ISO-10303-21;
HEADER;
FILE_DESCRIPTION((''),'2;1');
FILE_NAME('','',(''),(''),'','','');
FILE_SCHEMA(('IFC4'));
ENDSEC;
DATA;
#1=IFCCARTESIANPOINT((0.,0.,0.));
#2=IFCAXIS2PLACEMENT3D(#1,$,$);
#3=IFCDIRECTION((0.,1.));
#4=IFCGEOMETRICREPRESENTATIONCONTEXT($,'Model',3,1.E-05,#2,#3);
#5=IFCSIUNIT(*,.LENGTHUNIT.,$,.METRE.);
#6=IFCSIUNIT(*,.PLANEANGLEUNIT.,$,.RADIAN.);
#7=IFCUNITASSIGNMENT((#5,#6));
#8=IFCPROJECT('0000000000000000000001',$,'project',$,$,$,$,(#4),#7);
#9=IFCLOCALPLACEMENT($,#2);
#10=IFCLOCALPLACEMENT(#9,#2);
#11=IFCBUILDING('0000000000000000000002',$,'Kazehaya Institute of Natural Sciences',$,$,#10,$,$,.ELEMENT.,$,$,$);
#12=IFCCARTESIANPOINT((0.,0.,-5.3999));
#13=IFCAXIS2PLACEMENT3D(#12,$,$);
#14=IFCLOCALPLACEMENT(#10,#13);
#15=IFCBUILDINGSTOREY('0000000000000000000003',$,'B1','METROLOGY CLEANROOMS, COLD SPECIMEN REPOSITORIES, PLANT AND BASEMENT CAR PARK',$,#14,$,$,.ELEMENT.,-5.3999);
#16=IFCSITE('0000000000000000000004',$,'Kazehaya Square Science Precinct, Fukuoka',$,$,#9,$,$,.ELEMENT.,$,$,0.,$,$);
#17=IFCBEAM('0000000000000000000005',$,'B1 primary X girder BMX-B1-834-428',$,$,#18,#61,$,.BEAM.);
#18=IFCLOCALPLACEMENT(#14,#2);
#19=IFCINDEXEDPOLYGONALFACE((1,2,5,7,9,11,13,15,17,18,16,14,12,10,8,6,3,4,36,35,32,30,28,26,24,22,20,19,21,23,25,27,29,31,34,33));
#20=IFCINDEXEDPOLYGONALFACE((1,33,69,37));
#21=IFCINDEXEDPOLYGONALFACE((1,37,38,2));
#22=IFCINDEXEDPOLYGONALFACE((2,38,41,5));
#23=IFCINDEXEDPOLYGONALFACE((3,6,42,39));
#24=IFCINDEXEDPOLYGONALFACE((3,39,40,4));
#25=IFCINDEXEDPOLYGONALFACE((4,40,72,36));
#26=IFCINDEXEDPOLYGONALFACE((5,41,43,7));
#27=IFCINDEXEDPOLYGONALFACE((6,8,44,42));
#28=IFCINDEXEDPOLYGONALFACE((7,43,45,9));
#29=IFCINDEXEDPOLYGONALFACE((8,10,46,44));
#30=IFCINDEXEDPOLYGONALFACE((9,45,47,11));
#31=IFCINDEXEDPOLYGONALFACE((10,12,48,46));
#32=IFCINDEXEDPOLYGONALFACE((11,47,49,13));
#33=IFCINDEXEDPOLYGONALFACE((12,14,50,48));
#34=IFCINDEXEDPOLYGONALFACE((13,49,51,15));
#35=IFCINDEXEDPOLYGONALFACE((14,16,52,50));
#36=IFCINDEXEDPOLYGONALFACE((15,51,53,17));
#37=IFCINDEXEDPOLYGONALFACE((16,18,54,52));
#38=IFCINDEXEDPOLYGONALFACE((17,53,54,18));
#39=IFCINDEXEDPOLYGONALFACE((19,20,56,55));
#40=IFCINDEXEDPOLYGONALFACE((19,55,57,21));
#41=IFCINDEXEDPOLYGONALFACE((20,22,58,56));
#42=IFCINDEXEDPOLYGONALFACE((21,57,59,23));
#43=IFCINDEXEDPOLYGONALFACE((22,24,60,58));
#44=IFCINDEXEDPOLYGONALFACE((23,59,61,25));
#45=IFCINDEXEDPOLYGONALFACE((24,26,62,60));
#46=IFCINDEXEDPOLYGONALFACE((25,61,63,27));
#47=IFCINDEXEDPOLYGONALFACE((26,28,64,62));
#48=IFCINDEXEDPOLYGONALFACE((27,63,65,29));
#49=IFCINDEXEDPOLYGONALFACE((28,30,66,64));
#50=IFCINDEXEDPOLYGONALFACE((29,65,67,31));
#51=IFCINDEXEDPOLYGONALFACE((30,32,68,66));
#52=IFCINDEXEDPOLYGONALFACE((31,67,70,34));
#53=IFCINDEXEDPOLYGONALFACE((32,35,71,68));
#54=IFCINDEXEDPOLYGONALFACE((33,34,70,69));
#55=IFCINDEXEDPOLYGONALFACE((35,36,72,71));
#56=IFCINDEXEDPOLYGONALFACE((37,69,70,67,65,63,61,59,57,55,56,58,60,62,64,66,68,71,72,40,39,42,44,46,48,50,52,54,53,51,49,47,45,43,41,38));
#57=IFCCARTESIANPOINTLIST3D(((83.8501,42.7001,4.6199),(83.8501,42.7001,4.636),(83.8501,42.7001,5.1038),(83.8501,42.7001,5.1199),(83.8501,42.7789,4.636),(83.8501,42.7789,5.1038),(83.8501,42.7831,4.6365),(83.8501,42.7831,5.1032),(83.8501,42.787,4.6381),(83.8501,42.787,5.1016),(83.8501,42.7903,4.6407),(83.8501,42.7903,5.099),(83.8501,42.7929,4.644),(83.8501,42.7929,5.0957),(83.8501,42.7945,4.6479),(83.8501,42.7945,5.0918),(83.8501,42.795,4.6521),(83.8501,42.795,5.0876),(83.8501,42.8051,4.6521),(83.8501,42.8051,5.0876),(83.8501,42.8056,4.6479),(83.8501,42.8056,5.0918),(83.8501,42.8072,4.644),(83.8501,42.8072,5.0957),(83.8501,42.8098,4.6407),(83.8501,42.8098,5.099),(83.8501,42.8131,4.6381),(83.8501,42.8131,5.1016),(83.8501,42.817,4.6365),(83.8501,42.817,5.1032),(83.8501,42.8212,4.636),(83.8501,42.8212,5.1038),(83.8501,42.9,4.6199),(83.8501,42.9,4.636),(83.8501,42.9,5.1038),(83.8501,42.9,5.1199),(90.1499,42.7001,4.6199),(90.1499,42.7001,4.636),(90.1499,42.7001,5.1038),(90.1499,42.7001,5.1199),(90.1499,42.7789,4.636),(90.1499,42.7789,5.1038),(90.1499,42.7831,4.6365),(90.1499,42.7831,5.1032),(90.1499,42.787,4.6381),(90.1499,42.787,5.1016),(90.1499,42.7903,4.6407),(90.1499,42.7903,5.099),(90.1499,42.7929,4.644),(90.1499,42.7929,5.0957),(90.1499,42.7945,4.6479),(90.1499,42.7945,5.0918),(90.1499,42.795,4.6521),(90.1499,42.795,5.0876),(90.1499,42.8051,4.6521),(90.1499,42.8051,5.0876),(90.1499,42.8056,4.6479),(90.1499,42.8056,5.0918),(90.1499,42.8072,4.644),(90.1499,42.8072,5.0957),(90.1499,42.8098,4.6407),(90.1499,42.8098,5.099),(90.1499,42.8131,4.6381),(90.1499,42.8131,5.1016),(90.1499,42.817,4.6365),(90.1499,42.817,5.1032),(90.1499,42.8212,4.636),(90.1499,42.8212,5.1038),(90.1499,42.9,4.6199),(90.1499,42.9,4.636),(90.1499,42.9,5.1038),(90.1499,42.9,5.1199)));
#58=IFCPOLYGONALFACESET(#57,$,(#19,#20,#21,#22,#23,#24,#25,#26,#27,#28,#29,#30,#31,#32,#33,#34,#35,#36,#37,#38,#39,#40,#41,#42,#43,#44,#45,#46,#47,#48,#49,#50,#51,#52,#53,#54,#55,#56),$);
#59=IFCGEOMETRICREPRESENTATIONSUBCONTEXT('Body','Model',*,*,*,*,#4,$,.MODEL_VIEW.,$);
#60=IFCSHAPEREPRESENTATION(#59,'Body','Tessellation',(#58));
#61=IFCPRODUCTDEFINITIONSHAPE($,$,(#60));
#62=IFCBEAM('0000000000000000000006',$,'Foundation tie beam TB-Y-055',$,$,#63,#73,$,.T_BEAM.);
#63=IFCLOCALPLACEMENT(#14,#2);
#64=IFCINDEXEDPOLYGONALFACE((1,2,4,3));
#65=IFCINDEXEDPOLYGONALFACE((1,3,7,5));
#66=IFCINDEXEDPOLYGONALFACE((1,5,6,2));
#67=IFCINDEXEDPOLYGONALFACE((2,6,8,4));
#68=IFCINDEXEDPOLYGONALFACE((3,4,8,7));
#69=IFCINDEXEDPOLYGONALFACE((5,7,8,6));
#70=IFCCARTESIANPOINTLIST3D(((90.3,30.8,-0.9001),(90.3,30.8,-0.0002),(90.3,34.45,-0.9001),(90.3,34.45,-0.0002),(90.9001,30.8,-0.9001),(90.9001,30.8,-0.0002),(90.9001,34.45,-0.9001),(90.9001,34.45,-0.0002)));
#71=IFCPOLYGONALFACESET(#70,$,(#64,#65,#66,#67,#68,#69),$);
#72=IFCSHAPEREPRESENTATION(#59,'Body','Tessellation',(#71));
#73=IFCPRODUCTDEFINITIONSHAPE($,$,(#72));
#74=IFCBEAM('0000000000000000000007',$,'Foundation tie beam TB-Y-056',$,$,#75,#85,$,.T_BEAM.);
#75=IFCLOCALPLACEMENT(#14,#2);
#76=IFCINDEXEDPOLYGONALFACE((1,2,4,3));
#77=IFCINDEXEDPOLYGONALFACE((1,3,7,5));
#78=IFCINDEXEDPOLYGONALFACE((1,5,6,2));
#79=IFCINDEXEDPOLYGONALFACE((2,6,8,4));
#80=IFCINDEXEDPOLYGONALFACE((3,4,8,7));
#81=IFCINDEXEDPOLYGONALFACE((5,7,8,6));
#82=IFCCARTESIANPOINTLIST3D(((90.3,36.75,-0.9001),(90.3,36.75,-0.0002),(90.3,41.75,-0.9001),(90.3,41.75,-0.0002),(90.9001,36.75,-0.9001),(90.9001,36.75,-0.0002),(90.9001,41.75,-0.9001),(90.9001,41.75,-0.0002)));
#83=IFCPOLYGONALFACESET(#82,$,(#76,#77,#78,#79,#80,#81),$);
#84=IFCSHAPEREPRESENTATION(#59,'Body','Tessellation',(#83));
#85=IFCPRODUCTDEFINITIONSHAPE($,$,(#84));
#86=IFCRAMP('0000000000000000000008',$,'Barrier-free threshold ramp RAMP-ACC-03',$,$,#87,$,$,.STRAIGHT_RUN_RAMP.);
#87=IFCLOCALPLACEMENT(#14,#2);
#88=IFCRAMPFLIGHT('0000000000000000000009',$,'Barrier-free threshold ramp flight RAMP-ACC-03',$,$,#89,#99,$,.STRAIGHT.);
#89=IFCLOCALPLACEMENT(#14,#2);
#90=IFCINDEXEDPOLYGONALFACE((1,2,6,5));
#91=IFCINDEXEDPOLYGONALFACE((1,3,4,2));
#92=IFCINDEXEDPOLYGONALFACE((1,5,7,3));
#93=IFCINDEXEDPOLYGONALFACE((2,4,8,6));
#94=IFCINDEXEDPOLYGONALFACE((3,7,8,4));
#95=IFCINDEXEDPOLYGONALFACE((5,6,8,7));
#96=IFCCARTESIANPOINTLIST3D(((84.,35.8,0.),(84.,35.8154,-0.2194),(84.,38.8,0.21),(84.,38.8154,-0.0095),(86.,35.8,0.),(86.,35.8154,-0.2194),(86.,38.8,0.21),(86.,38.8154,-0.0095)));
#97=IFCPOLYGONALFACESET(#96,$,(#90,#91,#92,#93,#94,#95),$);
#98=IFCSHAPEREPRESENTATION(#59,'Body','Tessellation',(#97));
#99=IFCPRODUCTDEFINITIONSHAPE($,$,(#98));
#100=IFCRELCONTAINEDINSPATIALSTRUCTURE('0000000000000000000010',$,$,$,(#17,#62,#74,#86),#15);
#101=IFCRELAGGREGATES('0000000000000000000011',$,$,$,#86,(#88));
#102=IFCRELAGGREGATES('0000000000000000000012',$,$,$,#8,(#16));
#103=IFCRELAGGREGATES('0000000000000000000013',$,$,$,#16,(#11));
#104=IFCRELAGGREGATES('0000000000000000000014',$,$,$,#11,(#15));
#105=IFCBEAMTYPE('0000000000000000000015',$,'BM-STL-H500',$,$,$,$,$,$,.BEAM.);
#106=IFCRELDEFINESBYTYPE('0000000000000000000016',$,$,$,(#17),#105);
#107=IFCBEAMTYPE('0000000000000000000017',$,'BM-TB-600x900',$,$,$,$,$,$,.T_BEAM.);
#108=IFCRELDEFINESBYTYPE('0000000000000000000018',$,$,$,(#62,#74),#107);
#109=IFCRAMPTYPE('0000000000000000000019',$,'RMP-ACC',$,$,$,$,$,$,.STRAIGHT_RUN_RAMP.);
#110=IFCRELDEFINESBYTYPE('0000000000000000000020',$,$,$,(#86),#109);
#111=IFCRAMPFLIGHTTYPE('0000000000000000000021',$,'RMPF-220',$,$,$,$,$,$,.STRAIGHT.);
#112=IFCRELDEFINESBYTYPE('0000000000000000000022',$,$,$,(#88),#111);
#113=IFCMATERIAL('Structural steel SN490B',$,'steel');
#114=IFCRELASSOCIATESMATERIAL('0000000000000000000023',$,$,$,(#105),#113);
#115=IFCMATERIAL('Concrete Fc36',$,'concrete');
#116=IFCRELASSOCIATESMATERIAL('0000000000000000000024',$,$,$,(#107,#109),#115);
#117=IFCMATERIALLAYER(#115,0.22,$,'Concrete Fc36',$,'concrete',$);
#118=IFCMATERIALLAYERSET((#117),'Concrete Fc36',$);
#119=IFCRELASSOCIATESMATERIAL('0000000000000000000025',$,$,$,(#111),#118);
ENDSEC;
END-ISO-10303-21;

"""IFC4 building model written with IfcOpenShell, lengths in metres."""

from ifc_helpers import new_model, si_unit, direction, frame, origin, origin_2d, place, context, subcontext, project, spatial, polyline, rectangle, i_section, outline, extrude, material, layer, layer_set, material_profile, profile_set, type_object, element, aggregate, save


model = new_model("IFC4")

# Units and contexts
model_context = context("Model", 3, precision=1e-05, world=origin(), true_north=direction((0.0, 1.0)))
body_context = subcontext(model_context, "Body", "Model", "MODEL_VIEW")
ifc_project = project(units=[si_unit("LENGTHUNIT", "METRE"), si_unit("PLANEANGLEUNIT", "RADIAN")], contexts=[model_context])

# Site, building, storey
site_placement = place(None, origin())
site = spatial("IfcSite", under=ifc_project, at=site_placement, Name="Kazehaya Square Science Precinct, Fukuoka", CompositionType="ELEMENT", RefElevation=0.0)
building_placement = place(site_placement, origin())
building = spatial("IfcBuilding", under=site, at=building_placement, Name="Kazehaya Institute of Natural Sciences", CompositionType="ELEMENT")
storey_placement = place(building_placement, frame((0.0, 0.0, -5.3999)))
storey = spatial("IfcBuildingStorey", under=building, at=storey_placement, Name="B1", Description="METROLOGY CLEANROOMS, COLD SPECIMEN REPOSITORIES, PLANT AND BASEMENT CAR PARK", CompositionType="ELEMENT", Elevation=-5.3999)

# Shared definitions
ifc_material_1 = material(Name="Concrete Fc36", Category="concrete")

# Beams
ifc_material_2 = material(Name="Structural steel SN490B", Category="steel")
ifc_material_profile_1 = material_profile(ifc_material_2, i_section(OverallWidth=0.2, OverallDepth=0.5, WebThickness=0.01, FlangeThickness=0.0161, FilletRadius=0.0161, at=origin_2d()), Name="H-500x200x10x16")
ifc_profile_set_1 = profile_set([ifc_material_profile_1], Name="Structural steel SN490B")
beam_type_1 = type_object("IfcBeamType", Name="BM-STL-H500", PredefinedType="BEAM", material=ifc_profile_set_1)
beam_1_placement = place(storey_placement, frame((83.8501, 42.8, 4.8699), z_axis=(1.0, 0.0, 0.0), x_axis=(0.0, 1.0, 0.0)))
element("IfcBeam", 1, at=beam_1_placement, inside=storey, type_object=beam_type_1, Name="B1 primary X girder BMX-B1-834-428", PredefinedType="BEAM", context=body_context, shape_type="SweptSolid", body=[
    extrude(i_section(OverallWidth=0.2, OverallDepth=0.5, WebThickness=0.01, FlangeThickness=0.0161, FilletRadius=0.0161, at=origin_2d()), origin(), (0.0, 0.0, 1.0), 6.2998),
])
ifc_material_profile_2 = material_profile(ifc_material_1, rectangle(XDim=0.6001, YDim=0.8999, at=origin_2d()), Name="RC-600x900")
ifc_profile_set_2 = profile_set([ifc_material_profile_2], Name="Concrete Fc36")
beam_type_2 = type_object("IfcBeamType", Name="BM-TB-600x900", PredefinedType="T_BEAM", material=ifc_profile_set_2)
beam_2_placement = place(storey_placement, frame((90.6001, 30.8, -0.4502), z_axis=(0.0, 1.0, 0.0), x_axis=(-1.0, 0.0, 0.0)))
element("IfcBeam", 2, at=beam_2_placement, inside=storey, type_object=beam_type_2, Name="Foundation tie beam TB-Y-055", PredefinedType="T_BEAM", context=body_context, shape_type="SweptSolid", body=[
    extrude(rectangle(XDim=0.6001, YDim=0.8999, at=origin_2d()), origin(), (0.0, 0.0, 1.0), 3.6499),
])
beam_3_placement = place(storey_placement, frame((90.6001, 36.75, -0.4502), z_axis=(0.0, 1.0, 0.0), x_axis=(-1.0, 0.0, 0.0)))
element("IfcBeam", 3, at=beam_3_placement, inside=storey, type_object=beam_type_2, Name="Foundation tie beam TB-Y-056", PredefinedType="T_BEAM", context=body_context, shape_type="SweptSolid", body=[
    extrude(rectangle(XDim=0.6001, YDim=0.8999, at=origin_2d()), origin(), (0.0, 0.0, 1.0), 5.0),
])

# Ramp, ramp flight
ramp_type = type_object("IfcRampType", Name="RMP-ACC", PredefinedType="STRAIGHT_RUN_RAMP", material=ifc_material_1)
ramp_placement = place(storey_placement, origin())
ramp = element("IfcRamp", 4, at=ramp_placement, inside=storey, type_object=ramp_type, Name="Barrier-free threshold ramp RAMP-ACC-03", PredefinedType="STRAIGHT_RUN_RAMP")
ifc_layer = layer(ifc_material_1, 0.22, Name="Concrete Fc36", Category="concrete")
ifc_layer_set = layer_set([ifc_layer], Name="Concrete Fc36")
ramp_flight_type = type_object("IfcRampFlightType", Name="RMPF-220", PredefinedType="STRAIGHT", material=ifc_layer_set)
ramp_flight_placement = place(storey_placement, frame((84.0, 35.8, 0.0), z_axis=(0.0, -0.069816, 0.99756), x_axis=(1.0, 0.0, 0.0)))
ramp_flight = element("IfcRampFlight", 5, at=ramp_flight_placement, type_object=ramp_flight_type, Name="Barrier-free threshold ramp flight RAMP-ACC-03", PredefinedType="STRAIGHT", context=body_context, shape_type="SweptSolid", body=[
    extrude(outline(polyline([(0.0, 0.0), (2.0, 0.0), (2.0, 3.0073), (0.0, 3.0073), (0.0, 0.0)])), origin(), (0.0, 0.0, -1.0), 0.22),
])
aggregate(ramp, [ramp_flight])

save(model, "model.ifc")
